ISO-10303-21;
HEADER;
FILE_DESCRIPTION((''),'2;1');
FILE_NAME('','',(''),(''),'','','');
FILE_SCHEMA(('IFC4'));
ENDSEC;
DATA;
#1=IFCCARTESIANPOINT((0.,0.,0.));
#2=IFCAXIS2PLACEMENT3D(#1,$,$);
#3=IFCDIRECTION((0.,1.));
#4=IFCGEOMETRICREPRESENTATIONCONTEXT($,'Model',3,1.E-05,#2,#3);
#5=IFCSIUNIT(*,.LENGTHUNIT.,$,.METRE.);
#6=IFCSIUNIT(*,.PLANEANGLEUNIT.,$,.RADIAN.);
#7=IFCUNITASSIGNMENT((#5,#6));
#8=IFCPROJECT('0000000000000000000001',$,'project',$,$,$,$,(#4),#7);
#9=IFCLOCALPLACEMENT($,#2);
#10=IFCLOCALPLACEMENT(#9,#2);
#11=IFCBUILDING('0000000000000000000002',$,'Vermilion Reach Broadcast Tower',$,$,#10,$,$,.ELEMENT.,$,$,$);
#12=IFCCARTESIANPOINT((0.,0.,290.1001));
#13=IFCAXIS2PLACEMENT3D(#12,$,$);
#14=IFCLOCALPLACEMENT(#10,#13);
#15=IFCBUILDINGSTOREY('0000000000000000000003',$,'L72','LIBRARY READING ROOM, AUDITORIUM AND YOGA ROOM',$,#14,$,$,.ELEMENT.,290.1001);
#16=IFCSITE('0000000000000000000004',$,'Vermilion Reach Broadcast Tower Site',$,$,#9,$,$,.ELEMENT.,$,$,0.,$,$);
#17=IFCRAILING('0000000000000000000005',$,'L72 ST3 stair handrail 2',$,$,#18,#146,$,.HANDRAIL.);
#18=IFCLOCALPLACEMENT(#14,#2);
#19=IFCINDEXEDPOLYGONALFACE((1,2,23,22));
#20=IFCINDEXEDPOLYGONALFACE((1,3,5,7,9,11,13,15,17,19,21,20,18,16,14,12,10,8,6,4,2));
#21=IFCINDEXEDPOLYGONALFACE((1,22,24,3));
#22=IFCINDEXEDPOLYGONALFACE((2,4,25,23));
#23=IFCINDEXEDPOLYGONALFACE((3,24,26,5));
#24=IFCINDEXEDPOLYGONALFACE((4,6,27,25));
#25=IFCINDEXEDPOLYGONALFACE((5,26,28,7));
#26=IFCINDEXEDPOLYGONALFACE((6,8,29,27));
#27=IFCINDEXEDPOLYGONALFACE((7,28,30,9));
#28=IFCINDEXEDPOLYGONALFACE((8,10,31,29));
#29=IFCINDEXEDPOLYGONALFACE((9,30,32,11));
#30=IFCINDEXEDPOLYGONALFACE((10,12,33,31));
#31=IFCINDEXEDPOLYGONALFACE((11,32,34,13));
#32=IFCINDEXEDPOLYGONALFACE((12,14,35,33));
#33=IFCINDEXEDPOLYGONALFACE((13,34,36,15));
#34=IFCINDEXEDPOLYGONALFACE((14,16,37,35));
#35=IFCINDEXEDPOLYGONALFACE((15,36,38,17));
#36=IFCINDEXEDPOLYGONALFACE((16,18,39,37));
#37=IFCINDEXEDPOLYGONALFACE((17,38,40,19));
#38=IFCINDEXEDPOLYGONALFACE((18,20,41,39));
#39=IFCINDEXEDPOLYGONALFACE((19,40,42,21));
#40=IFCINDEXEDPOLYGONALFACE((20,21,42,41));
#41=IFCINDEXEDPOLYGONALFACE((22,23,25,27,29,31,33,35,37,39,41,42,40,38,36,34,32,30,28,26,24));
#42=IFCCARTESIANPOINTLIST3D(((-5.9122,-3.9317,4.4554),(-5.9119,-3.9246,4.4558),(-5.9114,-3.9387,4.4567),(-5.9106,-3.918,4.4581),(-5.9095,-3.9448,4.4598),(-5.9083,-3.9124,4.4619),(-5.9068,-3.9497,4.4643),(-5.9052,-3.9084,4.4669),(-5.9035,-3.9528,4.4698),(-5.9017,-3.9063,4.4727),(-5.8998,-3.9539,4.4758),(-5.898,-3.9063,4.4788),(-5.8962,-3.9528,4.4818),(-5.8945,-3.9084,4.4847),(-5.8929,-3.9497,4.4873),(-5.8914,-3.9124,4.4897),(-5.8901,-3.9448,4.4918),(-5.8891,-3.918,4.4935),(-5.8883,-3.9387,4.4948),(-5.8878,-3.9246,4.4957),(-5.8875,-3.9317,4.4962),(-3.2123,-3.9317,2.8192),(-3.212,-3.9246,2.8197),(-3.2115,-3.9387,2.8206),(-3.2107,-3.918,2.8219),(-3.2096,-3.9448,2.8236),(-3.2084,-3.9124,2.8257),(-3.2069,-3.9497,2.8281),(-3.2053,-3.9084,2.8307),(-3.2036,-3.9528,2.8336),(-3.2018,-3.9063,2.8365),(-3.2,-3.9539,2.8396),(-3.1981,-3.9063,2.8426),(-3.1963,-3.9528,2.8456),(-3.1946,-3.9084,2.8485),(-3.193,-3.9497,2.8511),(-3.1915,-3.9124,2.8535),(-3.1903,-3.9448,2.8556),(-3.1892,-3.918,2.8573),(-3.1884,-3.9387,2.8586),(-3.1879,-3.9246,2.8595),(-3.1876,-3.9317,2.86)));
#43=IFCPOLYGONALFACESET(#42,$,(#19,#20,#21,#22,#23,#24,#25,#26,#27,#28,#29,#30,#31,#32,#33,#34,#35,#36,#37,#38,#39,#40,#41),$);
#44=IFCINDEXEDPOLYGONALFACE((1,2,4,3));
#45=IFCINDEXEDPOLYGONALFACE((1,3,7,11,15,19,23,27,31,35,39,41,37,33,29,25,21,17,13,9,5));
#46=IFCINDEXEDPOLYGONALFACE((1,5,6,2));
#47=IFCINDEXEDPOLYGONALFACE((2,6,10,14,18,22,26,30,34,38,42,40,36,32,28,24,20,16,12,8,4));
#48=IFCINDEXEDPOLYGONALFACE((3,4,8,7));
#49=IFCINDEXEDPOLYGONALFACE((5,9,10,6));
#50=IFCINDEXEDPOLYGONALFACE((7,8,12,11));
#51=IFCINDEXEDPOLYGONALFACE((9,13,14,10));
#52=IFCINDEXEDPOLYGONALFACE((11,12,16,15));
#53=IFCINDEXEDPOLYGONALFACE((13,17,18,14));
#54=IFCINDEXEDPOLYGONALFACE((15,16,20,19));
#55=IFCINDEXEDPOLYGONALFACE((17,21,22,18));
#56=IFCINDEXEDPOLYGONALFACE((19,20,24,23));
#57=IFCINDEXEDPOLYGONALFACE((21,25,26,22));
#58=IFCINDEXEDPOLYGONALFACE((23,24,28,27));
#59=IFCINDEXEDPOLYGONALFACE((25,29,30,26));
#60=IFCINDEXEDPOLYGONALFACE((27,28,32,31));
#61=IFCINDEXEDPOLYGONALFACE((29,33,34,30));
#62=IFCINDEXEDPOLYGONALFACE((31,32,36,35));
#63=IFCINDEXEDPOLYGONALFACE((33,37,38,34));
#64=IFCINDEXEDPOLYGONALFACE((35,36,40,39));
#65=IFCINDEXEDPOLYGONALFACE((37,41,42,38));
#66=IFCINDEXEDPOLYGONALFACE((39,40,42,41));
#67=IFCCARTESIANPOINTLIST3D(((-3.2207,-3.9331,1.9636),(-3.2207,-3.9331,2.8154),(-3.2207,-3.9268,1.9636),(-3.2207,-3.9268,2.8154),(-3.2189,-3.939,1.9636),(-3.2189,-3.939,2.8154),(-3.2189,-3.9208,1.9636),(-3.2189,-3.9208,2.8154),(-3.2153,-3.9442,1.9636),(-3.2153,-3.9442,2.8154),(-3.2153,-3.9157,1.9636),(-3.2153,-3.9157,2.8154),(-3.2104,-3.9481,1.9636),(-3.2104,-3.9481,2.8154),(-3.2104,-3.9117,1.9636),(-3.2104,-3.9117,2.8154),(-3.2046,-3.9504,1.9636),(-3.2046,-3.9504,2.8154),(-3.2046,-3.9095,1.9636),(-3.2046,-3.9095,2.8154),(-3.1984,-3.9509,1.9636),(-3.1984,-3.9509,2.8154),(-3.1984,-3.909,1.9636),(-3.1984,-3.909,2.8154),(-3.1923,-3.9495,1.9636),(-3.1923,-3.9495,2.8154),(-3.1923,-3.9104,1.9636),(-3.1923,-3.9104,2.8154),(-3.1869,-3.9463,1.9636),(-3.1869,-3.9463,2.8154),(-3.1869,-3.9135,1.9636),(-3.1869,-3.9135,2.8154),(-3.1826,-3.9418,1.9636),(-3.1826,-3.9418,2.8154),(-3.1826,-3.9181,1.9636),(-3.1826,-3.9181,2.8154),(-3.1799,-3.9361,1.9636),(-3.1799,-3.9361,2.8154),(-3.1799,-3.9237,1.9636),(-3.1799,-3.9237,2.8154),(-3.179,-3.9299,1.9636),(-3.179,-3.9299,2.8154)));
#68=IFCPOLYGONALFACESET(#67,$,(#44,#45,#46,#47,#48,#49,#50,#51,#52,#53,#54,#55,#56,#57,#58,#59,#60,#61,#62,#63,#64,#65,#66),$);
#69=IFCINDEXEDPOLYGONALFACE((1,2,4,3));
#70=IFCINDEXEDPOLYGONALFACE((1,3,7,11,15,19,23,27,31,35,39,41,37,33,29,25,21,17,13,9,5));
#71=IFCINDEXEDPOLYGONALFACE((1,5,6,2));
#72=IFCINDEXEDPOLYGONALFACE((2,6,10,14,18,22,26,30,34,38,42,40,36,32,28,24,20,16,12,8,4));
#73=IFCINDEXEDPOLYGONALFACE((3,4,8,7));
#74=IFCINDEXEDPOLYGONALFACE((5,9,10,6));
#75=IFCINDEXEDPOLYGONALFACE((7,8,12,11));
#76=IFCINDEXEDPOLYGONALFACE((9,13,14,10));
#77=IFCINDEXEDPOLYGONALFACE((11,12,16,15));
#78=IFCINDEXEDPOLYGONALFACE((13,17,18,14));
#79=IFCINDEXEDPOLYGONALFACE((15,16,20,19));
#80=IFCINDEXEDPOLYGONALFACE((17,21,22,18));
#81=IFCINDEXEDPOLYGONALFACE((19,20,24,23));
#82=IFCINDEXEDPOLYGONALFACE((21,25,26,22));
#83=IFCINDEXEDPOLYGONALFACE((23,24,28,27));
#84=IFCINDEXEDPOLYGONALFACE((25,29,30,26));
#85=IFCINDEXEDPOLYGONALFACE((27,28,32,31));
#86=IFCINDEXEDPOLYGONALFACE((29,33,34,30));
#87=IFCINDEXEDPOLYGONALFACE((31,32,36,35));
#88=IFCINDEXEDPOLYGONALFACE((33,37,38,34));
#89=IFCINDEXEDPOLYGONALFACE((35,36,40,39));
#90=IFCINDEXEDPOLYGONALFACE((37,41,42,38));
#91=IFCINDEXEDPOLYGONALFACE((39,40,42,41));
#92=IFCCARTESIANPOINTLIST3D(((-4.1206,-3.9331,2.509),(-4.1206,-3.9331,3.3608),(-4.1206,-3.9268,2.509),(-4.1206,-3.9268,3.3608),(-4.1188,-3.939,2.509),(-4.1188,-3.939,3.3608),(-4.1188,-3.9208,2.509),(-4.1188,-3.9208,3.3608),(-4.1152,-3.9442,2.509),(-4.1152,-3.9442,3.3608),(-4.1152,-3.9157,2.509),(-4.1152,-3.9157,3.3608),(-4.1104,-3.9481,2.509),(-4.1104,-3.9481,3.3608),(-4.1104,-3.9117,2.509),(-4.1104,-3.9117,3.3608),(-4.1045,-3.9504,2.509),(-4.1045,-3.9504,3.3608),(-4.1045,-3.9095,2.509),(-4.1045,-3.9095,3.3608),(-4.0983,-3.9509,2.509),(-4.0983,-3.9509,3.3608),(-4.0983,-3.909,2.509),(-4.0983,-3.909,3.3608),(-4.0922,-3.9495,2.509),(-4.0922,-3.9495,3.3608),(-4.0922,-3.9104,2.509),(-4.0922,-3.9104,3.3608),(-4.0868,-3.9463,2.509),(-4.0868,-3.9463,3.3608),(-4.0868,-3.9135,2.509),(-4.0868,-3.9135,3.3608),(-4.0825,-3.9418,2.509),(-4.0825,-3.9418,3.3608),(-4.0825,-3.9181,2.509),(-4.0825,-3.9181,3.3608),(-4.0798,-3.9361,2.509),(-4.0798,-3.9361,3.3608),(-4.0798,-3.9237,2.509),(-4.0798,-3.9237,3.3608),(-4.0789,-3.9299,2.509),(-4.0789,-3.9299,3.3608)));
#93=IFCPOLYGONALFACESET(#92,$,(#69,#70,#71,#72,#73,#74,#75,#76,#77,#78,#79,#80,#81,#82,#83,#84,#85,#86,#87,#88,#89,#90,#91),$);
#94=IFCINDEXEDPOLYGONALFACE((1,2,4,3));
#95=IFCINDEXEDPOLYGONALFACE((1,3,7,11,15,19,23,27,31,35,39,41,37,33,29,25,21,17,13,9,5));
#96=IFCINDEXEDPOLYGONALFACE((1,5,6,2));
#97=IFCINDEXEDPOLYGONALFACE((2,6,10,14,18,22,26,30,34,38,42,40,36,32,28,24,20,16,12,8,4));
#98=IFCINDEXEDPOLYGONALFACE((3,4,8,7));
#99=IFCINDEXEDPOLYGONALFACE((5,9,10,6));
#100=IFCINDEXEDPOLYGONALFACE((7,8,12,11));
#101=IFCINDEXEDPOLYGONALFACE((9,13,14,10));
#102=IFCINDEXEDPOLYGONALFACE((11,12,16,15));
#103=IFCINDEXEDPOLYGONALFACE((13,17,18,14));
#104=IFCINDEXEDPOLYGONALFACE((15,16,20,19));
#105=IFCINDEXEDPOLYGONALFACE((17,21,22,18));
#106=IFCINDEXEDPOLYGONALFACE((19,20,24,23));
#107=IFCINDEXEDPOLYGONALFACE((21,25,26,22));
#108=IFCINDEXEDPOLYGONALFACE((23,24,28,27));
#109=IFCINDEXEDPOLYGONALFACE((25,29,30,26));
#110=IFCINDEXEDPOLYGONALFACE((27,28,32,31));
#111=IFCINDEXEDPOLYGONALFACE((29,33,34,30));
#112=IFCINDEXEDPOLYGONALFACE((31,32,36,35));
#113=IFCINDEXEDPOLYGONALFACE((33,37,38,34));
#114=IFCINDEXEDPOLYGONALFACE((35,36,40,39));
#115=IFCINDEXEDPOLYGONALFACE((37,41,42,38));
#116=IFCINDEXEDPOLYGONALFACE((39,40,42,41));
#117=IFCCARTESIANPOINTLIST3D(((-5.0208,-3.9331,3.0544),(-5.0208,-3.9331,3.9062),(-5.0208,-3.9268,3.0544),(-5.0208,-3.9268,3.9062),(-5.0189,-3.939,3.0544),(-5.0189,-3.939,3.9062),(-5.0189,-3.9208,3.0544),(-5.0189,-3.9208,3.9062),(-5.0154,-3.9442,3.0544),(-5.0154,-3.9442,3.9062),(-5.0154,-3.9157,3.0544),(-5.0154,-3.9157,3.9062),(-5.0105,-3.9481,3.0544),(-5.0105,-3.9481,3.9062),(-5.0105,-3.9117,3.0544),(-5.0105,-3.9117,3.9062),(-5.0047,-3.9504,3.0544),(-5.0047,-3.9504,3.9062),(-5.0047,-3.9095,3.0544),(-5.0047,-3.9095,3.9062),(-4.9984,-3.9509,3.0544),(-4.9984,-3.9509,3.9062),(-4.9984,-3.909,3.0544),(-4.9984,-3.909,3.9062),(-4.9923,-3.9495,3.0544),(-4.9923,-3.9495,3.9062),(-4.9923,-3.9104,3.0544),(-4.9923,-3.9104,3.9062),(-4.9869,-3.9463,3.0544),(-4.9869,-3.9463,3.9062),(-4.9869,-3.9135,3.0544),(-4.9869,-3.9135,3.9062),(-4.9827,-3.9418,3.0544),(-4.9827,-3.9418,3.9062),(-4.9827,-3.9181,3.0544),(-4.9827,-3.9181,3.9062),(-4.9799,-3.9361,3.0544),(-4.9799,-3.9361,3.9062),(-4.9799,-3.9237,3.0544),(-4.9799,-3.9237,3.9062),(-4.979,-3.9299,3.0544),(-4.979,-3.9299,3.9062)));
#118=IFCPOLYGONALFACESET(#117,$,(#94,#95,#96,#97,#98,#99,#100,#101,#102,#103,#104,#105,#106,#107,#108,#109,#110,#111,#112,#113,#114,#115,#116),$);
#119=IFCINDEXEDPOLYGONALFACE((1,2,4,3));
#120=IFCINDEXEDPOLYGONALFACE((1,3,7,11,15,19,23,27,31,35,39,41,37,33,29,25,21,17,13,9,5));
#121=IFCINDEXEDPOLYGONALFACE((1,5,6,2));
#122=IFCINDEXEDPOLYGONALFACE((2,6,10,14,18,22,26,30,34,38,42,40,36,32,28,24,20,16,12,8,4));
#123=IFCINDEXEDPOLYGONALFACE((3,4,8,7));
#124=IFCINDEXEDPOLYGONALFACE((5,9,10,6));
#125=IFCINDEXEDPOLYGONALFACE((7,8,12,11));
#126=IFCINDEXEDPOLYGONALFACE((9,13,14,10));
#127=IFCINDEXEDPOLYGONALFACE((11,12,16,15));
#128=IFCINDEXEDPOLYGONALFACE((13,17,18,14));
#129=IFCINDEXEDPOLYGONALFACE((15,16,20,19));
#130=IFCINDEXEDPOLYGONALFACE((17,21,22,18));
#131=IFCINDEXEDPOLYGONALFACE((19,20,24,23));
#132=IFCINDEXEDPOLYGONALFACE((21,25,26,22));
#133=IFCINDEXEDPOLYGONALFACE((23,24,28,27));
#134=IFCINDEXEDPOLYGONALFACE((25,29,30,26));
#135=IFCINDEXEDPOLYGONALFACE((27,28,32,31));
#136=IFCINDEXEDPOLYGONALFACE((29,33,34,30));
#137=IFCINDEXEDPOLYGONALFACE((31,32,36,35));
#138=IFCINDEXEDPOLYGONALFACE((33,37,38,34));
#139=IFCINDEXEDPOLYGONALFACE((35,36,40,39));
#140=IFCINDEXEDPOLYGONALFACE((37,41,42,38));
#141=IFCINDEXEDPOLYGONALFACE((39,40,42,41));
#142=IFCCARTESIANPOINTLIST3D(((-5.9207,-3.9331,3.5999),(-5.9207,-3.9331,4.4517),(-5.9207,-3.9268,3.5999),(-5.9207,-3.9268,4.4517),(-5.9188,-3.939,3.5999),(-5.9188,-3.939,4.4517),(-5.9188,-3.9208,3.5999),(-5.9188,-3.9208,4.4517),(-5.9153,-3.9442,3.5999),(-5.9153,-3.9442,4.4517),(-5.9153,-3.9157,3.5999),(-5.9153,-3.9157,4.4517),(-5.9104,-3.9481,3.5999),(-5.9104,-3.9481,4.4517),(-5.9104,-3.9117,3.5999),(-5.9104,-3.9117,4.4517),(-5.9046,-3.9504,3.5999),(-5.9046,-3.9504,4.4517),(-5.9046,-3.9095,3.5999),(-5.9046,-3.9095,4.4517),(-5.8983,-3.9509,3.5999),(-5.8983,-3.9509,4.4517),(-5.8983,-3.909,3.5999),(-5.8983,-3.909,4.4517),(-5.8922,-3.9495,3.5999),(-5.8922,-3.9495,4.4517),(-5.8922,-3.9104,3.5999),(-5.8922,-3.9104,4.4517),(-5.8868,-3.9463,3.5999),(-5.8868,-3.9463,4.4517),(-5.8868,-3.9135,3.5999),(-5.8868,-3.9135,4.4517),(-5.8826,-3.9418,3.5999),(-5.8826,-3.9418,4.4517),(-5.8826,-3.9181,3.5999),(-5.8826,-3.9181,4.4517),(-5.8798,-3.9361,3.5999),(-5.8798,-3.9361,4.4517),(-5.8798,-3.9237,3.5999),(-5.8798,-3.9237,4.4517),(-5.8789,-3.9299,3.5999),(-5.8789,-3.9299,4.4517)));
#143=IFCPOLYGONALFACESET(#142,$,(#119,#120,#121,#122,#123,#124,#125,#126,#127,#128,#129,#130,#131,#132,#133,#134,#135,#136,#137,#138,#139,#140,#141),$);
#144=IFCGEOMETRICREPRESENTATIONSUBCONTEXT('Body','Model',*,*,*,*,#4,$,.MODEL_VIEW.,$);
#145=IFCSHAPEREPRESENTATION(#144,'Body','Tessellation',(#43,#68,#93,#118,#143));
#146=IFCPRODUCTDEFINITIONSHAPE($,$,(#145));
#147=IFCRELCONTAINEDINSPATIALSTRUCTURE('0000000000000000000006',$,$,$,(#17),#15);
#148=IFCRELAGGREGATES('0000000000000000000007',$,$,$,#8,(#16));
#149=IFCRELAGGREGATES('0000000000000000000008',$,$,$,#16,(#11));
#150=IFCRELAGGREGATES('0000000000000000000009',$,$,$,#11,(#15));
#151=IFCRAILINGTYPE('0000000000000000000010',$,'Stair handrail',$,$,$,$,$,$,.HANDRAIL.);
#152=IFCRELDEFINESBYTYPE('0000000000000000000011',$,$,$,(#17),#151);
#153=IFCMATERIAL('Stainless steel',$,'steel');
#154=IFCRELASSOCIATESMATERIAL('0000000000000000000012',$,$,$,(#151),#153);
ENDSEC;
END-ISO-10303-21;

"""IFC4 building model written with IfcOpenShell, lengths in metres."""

from ifc_helpers import new_model, si_unit, direction, frame, origin, origin_2d, place, context, subcontext, project, spatial, circle, extrude, material, type_object, element, save


model = new_model("IFC4")

# Units and contexts
model_context = context("Model", 3, precision=1e-05, world=origin(), true_north=direction((0.0, 1.0)))
body_context = subcontext(model_context, "Body", "Model", "MODEL_VIEW")
ifc_project = project(units=[si_unit("LENGTHUNIT", "METRE"), si_unit("PLANEANGLEUNIT", "RADIAN")], contexts=[model_context])

# Site, building, storey
site_placement = place(None, origin())
site = spatial("IfcSite", under=ifc_project, at=site_placement, Name="Vermilion Reach Broadcast Tower Site", CompositionType="ELEMENT", RefElevation=0.0)
building_placement = place(site_placement, origin())
building = spatial("IfcBuilding", under=site, at=building_placement, Name="Vermilion Reach Broadcast Tower", CompositionType="ELEMENT")
storey_placement = place(building_placement, frame((0.0, 0.0, 290.1001)))
storey = spatial("IfcBuildingStorey", under=building, at=storey_placement, Name="L72", Description="LIBRARY READING ROOM, AUDITORIUM AND YOGA ROOM", CompositionType="ELEMENT", Elevation=290.1001)

# Railing
ifc_material_1 = material(Name="Stainless steel", Category="steel")
railing_type_1 = type_object("IfcRailingType", Name="Stair handrail", PredefinedType="HANDRAIL", material=ifc_material_1)
railing_1_placement = place(storey_placement, frame((-3.2, -3.9299, 1.9636)))
element("IfcRailing", 1, at=railing_1_placement, inside=storey, type_object=railing_type_1, Name="L72 ST3 stair handrail 2", PredefinedType="HANDRAIL", context=body_context, shape_type="SweptSolid", body=[
    extrude(circle(Radius=0.0239, at=origin_2d()), frame((0.0, 0.0, 0.876), z_axis=(-0.855212, 0.0, 0.518278), x_axis=(0.0, -1.0, 0.0)), (0.0, 0.0, 1.0), 3.157),
    extrude(circle(Radius=0.021, at=origin_2d()), origin(), (0.0, 0.0, 1.0), 0.8518),
    extrude(circle(Radius=0.021, at=origin_2d()), frame((-0.8999, 0.0, 0.5454)), (0.0, 0.0, 1.0), 0.8518),
    extrude(circle(Radius=0.021, at=origin_2d()), frame((-1.8, 0.0, 1.0908)), (0.0, 0.0, 1.0), 0.8518),
    extrude(circle(Radius=0.021, at=origin_2d()), frame((-2.7, 0.0, 1.6362)), (0.0, 0.0, 1.0), 0.8518),
])

save(model, "model.ifc")
